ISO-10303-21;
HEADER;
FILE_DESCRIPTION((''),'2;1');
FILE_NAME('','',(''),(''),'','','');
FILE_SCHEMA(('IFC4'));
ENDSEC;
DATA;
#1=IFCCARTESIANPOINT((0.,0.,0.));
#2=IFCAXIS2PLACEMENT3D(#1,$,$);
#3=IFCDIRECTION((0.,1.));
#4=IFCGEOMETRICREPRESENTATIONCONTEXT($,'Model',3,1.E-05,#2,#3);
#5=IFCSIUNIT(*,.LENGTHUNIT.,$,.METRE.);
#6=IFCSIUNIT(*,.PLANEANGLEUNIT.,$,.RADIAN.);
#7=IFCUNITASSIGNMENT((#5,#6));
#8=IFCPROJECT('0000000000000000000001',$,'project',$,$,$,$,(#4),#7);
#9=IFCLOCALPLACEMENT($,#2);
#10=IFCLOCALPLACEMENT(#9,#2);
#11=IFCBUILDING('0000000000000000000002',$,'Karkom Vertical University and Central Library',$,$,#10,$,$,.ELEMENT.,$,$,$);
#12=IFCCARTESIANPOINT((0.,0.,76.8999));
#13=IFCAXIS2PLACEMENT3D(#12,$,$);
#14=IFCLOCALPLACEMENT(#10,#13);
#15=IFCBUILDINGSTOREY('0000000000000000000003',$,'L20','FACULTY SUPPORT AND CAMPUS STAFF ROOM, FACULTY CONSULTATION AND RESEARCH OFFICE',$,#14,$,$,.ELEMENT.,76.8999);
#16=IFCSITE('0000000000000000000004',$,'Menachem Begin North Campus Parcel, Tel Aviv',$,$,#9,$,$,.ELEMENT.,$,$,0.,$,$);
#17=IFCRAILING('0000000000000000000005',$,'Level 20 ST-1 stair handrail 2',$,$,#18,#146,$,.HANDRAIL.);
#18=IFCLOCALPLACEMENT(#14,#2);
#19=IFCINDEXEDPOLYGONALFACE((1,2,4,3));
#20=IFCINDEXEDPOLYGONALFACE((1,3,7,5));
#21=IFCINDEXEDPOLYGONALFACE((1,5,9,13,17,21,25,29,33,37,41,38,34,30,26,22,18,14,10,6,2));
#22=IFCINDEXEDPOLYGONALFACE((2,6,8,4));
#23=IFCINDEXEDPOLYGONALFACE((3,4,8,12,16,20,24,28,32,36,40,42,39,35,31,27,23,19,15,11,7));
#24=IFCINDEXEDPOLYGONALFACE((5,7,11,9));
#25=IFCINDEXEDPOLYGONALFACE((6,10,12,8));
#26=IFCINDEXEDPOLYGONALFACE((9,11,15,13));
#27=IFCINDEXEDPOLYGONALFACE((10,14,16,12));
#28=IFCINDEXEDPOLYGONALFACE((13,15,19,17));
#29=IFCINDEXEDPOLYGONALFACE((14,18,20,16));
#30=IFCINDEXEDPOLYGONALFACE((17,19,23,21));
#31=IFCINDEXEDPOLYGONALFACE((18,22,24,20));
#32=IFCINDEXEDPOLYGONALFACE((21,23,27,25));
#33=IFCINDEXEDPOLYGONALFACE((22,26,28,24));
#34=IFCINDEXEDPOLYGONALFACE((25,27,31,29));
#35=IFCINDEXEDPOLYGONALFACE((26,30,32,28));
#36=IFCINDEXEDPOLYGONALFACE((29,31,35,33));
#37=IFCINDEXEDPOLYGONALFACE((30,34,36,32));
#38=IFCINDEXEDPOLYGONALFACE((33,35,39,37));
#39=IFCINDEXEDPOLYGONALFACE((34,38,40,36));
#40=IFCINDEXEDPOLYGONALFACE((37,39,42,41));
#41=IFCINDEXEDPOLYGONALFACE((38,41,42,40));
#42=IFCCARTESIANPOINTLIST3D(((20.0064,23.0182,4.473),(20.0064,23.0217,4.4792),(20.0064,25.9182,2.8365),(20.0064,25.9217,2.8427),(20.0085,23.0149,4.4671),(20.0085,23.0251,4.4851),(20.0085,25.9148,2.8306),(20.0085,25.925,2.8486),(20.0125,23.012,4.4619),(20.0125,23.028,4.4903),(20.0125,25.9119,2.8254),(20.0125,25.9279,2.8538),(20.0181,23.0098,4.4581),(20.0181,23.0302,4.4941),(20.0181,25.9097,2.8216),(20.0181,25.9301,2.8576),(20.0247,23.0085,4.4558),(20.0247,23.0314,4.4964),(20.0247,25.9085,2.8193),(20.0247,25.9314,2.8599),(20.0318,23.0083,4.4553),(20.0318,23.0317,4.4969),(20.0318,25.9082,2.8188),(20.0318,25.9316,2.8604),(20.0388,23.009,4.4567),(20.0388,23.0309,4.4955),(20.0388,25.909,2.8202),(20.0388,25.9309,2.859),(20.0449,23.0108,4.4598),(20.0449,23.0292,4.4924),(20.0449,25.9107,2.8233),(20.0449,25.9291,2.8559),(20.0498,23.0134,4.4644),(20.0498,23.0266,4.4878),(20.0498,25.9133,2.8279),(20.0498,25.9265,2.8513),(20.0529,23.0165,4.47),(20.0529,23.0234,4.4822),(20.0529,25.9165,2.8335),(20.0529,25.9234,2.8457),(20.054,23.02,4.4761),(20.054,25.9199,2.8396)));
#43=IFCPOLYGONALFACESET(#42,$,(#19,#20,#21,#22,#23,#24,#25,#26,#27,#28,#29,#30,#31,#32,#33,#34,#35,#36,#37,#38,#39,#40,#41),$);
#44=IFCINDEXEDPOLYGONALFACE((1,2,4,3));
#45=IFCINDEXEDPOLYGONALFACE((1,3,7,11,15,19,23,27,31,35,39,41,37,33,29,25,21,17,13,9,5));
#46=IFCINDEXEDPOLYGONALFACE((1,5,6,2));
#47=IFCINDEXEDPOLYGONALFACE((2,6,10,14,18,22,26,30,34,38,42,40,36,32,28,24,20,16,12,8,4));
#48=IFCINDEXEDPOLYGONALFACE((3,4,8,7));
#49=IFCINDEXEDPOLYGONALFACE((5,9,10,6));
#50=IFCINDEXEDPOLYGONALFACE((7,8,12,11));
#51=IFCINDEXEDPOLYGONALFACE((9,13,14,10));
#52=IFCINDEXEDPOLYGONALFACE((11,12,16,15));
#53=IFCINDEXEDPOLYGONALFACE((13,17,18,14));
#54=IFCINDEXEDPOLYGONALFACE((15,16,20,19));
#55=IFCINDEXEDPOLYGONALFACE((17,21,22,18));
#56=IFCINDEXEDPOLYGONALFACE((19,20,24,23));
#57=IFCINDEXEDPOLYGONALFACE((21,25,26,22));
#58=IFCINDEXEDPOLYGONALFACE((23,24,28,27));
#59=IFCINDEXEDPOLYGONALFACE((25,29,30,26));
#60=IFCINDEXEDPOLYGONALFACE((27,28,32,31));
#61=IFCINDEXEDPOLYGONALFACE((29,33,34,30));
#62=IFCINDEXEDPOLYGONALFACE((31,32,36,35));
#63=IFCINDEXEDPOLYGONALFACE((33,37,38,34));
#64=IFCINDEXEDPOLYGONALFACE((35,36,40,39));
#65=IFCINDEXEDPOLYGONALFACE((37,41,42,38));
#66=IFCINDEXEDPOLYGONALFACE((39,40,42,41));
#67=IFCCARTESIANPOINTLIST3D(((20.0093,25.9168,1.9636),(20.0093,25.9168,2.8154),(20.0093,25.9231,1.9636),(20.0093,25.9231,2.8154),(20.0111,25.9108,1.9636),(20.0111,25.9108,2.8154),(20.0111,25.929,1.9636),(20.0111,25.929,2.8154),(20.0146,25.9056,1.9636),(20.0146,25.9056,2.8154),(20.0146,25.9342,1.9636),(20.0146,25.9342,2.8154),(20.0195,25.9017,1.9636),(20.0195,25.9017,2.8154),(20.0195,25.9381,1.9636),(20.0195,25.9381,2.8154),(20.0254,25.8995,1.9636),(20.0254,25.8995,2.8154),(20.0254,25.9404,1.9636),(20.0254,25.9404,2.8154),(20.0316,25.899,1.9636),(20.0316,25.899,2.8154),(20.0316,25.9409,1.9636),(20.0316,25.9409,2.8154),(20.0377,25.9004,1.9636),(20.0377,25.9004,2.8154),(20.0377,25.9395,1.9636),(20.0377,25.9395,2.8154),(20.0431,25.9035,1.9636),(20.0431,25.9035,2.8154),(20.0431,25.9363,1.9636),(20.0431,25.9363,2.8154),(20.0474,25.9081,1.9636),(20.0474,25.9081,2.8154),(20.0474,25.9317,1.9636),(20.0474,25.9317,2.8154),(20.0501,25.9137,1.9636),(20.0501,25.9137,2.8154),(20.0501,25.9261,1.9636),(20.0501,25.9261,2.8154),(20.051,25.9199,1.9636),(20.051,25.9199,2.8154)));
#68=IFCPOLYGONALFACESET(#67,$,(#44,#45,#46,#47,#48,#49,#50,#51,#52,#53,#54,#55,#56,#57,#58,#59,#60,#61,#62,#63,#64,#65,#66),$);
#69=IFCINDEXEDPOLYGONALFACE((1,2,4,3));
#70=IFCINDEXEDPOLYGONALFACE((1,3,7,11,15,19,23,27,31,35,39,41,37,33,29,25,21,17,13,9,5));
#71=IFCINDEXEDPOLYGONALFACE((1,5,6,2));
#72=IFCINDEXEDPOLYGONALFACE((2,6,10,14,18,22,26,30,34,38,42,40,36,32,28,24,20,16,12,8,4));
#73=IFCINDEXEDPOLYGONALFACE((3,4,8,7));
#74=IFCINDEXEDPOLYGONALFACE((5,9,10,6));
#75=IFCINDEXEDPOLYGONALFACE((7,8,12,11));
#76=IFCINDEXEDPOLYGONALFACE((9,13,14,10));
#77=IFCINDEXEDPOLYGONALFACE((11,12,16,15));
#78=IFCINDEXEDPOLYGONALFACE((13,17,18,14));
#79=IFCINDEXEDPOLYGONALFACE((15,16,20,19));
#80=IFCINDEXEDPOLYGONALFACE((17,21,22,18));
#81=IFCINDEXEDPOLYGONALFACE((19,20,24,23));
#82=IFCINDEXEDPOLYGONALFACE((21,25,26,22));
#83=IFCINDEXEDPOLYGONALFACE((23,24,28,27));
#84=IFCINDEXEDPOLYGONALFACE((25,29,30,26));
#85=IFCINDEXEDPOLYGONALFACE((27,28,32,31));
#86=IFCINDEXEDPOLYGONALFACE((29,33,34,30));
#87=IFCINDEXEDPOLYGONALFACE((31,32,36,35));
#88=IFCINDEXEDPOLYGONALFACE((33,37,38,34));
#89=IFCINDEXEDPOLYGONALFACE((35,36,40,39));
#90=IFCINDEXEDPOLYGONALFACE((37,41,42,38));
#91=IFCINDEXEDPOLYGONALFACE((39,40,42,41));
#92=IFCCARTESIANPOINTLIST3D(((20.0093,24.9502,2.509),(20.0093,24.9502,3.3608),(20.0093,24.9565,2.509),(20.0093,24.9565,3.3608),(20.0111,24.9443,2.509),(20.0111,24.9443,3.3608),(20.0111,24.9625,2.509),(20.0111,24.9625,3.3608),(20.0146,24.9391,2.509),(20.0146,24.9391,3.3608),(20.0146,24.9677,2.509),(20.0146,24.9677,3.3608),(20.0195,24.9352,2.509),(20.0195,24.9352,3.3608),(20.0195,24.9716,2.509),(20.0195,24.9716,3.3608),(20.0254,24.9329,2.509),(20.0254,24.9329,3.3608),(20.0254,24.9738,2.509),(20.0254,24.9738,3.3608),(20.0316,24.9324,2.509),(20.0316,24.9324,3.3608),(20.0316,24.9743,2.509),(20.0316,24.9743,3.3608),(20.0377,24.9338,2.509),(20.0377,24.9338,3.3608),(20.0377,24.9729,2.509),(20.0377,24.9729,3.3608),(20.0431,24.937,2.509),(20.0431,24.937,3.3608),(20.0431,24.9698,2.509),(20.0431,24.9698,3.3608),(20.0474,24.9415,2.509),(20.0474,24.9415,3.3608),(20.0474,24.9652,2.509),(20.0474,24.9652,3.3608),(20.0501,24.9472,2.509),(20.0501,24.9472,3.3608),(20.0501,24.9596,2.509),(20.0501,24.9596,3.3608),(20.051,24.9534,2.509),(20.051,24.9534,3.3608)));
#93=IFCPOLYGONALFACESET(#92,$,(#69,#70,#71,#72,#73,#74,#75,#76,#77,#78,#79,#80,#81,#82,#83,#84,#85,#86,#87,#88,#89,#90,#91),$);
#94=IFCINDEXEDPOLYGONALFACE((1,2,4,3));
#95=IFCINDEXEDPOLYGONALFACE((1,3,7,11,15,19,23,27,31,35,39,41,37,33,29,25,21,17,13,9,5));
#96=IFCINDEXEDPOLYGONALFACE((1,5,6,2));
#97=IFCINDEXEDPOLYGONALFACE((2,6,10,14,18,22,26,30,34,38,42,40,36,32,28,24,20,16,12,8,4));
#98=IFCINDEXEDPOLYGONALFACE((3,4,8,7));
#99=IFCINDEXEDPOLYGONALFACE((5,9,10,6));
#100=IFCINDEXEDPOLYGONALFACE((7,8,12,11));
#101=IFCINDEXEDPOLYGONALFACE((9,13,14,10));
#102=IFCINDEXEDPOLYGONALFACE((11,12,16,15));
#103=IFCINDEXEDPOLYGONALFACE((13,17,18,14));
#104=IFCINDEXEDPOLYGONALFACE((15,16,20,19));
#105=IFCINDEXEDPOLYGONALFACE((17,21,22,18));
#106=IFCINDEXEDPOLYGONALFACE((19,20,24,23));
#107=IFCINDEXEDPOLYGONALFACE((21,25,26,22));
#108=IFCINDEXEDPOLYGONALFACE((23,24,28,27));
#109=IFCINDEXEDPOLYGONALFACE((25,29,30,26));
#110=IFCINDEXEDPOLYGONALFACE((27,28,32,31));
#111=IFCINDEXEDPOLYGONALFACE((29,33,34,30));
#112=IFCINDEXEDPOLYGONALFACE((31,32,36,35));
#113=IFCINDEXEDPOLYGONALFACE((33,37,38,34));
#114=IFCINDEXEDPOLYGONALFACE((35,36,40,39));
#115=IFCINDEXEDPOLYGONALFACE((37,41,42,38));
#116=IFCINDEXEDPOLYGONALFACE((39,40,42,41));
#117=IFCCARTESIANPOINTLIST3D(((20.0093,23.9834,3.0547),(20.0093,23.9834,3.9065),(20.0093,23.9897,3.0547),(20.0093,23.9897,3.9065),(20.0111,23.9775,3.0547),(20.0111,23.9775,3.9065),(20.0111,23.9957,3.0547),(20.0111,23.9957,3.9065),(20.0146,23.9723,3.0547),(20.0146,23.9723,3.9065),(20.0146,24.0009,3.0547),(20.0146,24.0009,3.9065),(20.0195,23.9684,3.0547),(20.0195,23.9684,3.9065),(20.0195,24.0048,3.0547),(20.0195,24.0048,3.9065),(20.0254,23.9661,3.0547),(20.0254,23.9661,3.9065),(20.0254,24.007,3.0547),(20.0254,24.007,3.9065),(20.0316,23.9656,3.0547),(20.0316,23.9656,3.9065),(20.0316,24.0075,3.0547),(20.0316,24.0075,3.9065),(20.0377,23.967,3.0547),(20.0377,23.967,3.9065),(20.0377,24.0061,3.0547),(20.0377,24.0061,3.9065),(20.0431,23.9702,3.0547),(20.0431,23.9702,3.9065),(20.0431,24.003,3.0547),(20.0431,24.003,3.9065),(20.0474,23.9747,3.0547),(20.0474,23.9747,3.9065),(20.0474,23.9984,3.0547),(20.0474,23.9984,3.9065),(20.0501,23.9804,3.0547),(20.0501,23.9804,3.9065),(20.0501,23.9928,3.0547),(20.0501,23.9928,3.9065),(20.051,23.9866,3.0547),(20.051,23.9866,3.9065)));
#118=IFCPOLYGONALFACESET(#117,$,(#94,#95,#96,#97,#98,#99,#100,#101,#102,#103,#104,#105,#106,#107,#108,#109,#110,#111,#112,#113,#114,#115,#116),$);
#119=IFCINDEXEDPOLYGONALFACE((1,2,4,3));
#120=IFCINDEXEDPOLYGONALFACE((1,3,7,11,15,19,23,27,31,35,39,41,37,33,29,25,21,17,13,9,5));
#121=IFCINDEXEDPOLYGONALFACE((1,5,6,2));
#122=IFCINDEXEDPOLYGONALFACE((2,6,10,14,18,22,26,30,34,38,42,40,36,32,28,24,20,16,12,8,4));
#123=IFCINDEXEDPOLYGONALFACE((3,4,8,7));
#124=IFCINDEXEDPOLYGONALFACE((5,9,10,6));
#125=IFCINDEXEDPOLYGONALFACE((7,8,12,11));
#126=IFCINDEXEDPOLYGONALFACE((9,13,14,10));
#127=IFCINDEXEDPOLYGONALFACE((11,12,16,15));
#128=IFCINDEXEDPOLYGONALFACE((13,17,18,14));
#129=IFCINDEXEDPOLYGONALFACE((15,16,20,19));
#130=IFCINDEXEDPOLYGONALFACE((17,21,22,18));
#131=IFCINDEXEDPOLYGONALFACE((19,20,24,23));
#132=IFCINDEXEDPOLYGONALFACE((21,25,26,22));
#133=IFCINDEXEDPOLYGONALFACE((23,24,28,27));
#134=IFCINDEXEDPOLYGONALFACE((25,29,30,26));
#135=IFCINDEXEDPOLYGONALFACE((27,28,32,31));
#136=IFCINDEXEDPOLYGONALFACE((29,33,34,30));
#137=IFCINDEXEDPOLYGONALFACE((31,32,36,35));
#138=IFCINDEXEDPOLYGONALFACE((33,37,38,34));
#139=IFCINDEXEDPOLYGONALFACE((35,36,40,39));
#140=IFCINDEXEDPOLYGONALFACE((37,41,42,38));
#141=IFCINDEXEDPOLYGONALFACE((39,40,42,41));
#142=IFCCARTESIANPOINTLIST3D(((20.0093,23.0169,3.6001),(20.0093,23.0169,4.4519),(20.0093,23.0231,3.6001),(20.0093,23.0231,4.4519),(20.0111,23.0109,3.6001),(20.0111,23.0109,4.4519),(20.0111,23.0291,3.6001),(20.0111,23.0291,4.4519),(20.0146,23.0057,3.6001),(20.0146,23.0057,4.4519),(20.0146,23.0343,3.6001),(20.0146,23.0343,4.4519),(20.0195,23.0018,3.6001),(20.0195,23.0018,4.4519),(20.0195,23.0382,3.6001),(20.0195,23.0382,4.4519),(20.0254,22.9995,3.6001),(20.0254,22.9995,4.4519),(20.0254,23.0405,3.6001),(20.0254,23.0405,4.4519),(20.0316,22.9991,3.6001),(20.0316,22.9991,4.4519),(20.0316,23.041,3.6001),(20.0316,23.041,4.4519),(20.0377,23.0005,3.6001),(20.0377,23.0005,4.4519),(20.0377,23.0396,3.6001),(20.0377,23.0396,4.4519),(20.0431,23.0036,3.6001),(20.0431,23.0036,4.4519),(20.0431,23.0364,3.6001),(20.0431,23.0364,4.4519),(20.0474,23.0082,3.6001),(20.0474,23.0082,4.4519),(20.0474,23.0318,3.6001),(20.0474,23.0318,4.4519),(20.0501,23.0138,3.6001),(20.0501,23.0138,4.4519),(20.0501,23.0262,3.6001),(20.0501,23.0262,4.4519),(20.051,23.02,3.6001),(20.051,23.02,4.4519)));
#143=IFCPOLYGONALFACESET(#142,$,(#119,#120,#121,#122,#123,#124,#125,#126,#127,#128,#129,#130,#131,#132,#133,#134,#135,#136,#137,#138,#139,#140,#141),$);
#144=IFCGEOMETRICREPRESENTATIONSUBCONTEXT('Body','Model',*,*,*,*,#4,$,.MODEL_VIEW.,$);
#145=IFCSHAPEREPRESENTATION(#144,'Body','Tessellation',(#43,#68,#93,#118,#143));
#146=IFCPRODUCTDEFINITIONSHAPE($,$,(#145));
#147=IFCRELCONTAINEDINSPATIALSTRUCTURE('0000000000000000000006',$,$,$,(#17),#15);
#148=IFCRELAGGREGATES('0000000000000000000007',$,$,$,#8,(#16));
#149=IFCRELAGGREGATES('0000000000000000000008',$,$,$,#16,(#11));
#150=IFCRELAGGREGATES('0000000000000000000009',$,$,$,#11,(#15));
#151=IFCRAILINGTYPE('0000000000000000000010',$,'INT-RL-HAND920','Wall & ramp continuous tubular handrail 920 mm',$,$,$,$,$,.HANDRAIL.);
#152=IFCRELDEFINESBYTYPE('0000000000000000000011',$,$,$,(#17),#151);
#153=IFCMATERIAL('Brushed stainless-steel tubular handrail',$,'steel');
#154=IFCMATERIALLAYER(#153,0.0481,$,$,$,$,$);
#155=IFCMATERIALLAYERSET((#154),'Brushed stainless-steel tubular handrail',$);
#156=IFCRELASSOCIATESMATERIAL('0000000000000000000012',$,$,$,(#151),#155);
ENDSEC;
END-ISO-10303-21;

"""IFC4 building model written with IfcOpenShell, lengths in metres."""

from ifc_helpers import new_model, si_unit, direction, frame, origin, origin_2d, place, context, subcontext, project, spatial, circle, extrude, material, layer, layer_set, type_object, element, save


model = new_model("IFC4")

# Units and contexts
model_context = context("Model", 3, precision=1e-05, world=origin(), true_north=direction((0.0, 1.0)))
body_context = subcontext(model_context, "Body", "Model", "MODEL_VIEW")
ifc_project = project(units=[si_unit("LENGTHUNIT", "METRE"), si_unit("PLANEANGLEUNIT", "RADIAN")], contexts=[model_context])

# Site, building, storey
site_placement = place(None, origin())
site = spatial("IfcSite", under=ifc_project, at=site_placement, Name="Menachem Begin North Campus Parcel, Tel Aviv", CompositionType="ELEMENT", RefElevation=0.0)
building_placement = place(site_placement, origin())
building = spatial("IfcBuilding", under=site, at=building_placement, Name="Karkom Vertical University and Central Library", CompositionType="ELEMENT")
storey_placement = place(building_placement, frame((0.0, 0.0, 76.8999)))
storey = spatial("IfcBuildingStorey", under=building, at=storey_placement, Name="L20", Description="FACULTY SUPPORT AND CAMPUS STAFF ROOM, FACULTY CONSULTATION AND RESEARCH OFFICE", CompositionType="ELEMENT", Elevation=76.8999)

# Railing
ifc_material_1 = material(Name="Brushed stainless-steel tubular handrail", Category="steel")
ifc_layer_1 = layer(ifc_material_1, 0.0481)
ifc_layer_set_1 = layer_set([ifc_layer_1], Name="Brushed stainless-steel tubular handrail")
railing_type_1 = type_object("IfcRailingType", Name="INT-RL-HAND920", Description="Wall & ramp continuous tubular handrail 920 mm", PredefinedType="HANDRAIL", material=ifc_layer_set_1)
railing_1_placement = place(storey_placement, frame((20.03, 25.9199, 1.9636)))
element("IfcRailing", 1, at=railing_1_placement, inside=storey, type_object=railing_type_1, Name="Level 20 ST-1 stair handrail 2", PredefinedType="HANDRAIL", context=body_context, shape_type="SweptSolid", body=[
    extrude(circle(Radius=0.0239, at=origin_2d()), frame((0.0, 0.0, 0.876), z_axis=(0.0, -0.870897, 0.491465), x_axis=(1.0, 0.0, 0.0)), (0.0, 0.0, 1.0), 3.3298),
    extrude(circle(Radius=0.021, at=origin_2d()), origin(), (0.0, 0.0, 1.0), 0.8518),
    extrude(circle(Radius=0.021, at=origin_2d()), frame((0.0, -0.9666, 0.5454)), (0.0, 0.0, 1.0), 0.8518),
    extrude(circle(Radius=0.021, at=origin_2d()), frame((0.0, -1.9333, 1.0911)), (0.0, 0.0, 1.0), 0.8518),
    extrude(circle(Radius=0.021, at=origin_2d()), frame((0.0, -2.8999, 1.6365)), (0.0, 0.0, 1.0), 0.8518),
])

save(model, "model.ifc")
